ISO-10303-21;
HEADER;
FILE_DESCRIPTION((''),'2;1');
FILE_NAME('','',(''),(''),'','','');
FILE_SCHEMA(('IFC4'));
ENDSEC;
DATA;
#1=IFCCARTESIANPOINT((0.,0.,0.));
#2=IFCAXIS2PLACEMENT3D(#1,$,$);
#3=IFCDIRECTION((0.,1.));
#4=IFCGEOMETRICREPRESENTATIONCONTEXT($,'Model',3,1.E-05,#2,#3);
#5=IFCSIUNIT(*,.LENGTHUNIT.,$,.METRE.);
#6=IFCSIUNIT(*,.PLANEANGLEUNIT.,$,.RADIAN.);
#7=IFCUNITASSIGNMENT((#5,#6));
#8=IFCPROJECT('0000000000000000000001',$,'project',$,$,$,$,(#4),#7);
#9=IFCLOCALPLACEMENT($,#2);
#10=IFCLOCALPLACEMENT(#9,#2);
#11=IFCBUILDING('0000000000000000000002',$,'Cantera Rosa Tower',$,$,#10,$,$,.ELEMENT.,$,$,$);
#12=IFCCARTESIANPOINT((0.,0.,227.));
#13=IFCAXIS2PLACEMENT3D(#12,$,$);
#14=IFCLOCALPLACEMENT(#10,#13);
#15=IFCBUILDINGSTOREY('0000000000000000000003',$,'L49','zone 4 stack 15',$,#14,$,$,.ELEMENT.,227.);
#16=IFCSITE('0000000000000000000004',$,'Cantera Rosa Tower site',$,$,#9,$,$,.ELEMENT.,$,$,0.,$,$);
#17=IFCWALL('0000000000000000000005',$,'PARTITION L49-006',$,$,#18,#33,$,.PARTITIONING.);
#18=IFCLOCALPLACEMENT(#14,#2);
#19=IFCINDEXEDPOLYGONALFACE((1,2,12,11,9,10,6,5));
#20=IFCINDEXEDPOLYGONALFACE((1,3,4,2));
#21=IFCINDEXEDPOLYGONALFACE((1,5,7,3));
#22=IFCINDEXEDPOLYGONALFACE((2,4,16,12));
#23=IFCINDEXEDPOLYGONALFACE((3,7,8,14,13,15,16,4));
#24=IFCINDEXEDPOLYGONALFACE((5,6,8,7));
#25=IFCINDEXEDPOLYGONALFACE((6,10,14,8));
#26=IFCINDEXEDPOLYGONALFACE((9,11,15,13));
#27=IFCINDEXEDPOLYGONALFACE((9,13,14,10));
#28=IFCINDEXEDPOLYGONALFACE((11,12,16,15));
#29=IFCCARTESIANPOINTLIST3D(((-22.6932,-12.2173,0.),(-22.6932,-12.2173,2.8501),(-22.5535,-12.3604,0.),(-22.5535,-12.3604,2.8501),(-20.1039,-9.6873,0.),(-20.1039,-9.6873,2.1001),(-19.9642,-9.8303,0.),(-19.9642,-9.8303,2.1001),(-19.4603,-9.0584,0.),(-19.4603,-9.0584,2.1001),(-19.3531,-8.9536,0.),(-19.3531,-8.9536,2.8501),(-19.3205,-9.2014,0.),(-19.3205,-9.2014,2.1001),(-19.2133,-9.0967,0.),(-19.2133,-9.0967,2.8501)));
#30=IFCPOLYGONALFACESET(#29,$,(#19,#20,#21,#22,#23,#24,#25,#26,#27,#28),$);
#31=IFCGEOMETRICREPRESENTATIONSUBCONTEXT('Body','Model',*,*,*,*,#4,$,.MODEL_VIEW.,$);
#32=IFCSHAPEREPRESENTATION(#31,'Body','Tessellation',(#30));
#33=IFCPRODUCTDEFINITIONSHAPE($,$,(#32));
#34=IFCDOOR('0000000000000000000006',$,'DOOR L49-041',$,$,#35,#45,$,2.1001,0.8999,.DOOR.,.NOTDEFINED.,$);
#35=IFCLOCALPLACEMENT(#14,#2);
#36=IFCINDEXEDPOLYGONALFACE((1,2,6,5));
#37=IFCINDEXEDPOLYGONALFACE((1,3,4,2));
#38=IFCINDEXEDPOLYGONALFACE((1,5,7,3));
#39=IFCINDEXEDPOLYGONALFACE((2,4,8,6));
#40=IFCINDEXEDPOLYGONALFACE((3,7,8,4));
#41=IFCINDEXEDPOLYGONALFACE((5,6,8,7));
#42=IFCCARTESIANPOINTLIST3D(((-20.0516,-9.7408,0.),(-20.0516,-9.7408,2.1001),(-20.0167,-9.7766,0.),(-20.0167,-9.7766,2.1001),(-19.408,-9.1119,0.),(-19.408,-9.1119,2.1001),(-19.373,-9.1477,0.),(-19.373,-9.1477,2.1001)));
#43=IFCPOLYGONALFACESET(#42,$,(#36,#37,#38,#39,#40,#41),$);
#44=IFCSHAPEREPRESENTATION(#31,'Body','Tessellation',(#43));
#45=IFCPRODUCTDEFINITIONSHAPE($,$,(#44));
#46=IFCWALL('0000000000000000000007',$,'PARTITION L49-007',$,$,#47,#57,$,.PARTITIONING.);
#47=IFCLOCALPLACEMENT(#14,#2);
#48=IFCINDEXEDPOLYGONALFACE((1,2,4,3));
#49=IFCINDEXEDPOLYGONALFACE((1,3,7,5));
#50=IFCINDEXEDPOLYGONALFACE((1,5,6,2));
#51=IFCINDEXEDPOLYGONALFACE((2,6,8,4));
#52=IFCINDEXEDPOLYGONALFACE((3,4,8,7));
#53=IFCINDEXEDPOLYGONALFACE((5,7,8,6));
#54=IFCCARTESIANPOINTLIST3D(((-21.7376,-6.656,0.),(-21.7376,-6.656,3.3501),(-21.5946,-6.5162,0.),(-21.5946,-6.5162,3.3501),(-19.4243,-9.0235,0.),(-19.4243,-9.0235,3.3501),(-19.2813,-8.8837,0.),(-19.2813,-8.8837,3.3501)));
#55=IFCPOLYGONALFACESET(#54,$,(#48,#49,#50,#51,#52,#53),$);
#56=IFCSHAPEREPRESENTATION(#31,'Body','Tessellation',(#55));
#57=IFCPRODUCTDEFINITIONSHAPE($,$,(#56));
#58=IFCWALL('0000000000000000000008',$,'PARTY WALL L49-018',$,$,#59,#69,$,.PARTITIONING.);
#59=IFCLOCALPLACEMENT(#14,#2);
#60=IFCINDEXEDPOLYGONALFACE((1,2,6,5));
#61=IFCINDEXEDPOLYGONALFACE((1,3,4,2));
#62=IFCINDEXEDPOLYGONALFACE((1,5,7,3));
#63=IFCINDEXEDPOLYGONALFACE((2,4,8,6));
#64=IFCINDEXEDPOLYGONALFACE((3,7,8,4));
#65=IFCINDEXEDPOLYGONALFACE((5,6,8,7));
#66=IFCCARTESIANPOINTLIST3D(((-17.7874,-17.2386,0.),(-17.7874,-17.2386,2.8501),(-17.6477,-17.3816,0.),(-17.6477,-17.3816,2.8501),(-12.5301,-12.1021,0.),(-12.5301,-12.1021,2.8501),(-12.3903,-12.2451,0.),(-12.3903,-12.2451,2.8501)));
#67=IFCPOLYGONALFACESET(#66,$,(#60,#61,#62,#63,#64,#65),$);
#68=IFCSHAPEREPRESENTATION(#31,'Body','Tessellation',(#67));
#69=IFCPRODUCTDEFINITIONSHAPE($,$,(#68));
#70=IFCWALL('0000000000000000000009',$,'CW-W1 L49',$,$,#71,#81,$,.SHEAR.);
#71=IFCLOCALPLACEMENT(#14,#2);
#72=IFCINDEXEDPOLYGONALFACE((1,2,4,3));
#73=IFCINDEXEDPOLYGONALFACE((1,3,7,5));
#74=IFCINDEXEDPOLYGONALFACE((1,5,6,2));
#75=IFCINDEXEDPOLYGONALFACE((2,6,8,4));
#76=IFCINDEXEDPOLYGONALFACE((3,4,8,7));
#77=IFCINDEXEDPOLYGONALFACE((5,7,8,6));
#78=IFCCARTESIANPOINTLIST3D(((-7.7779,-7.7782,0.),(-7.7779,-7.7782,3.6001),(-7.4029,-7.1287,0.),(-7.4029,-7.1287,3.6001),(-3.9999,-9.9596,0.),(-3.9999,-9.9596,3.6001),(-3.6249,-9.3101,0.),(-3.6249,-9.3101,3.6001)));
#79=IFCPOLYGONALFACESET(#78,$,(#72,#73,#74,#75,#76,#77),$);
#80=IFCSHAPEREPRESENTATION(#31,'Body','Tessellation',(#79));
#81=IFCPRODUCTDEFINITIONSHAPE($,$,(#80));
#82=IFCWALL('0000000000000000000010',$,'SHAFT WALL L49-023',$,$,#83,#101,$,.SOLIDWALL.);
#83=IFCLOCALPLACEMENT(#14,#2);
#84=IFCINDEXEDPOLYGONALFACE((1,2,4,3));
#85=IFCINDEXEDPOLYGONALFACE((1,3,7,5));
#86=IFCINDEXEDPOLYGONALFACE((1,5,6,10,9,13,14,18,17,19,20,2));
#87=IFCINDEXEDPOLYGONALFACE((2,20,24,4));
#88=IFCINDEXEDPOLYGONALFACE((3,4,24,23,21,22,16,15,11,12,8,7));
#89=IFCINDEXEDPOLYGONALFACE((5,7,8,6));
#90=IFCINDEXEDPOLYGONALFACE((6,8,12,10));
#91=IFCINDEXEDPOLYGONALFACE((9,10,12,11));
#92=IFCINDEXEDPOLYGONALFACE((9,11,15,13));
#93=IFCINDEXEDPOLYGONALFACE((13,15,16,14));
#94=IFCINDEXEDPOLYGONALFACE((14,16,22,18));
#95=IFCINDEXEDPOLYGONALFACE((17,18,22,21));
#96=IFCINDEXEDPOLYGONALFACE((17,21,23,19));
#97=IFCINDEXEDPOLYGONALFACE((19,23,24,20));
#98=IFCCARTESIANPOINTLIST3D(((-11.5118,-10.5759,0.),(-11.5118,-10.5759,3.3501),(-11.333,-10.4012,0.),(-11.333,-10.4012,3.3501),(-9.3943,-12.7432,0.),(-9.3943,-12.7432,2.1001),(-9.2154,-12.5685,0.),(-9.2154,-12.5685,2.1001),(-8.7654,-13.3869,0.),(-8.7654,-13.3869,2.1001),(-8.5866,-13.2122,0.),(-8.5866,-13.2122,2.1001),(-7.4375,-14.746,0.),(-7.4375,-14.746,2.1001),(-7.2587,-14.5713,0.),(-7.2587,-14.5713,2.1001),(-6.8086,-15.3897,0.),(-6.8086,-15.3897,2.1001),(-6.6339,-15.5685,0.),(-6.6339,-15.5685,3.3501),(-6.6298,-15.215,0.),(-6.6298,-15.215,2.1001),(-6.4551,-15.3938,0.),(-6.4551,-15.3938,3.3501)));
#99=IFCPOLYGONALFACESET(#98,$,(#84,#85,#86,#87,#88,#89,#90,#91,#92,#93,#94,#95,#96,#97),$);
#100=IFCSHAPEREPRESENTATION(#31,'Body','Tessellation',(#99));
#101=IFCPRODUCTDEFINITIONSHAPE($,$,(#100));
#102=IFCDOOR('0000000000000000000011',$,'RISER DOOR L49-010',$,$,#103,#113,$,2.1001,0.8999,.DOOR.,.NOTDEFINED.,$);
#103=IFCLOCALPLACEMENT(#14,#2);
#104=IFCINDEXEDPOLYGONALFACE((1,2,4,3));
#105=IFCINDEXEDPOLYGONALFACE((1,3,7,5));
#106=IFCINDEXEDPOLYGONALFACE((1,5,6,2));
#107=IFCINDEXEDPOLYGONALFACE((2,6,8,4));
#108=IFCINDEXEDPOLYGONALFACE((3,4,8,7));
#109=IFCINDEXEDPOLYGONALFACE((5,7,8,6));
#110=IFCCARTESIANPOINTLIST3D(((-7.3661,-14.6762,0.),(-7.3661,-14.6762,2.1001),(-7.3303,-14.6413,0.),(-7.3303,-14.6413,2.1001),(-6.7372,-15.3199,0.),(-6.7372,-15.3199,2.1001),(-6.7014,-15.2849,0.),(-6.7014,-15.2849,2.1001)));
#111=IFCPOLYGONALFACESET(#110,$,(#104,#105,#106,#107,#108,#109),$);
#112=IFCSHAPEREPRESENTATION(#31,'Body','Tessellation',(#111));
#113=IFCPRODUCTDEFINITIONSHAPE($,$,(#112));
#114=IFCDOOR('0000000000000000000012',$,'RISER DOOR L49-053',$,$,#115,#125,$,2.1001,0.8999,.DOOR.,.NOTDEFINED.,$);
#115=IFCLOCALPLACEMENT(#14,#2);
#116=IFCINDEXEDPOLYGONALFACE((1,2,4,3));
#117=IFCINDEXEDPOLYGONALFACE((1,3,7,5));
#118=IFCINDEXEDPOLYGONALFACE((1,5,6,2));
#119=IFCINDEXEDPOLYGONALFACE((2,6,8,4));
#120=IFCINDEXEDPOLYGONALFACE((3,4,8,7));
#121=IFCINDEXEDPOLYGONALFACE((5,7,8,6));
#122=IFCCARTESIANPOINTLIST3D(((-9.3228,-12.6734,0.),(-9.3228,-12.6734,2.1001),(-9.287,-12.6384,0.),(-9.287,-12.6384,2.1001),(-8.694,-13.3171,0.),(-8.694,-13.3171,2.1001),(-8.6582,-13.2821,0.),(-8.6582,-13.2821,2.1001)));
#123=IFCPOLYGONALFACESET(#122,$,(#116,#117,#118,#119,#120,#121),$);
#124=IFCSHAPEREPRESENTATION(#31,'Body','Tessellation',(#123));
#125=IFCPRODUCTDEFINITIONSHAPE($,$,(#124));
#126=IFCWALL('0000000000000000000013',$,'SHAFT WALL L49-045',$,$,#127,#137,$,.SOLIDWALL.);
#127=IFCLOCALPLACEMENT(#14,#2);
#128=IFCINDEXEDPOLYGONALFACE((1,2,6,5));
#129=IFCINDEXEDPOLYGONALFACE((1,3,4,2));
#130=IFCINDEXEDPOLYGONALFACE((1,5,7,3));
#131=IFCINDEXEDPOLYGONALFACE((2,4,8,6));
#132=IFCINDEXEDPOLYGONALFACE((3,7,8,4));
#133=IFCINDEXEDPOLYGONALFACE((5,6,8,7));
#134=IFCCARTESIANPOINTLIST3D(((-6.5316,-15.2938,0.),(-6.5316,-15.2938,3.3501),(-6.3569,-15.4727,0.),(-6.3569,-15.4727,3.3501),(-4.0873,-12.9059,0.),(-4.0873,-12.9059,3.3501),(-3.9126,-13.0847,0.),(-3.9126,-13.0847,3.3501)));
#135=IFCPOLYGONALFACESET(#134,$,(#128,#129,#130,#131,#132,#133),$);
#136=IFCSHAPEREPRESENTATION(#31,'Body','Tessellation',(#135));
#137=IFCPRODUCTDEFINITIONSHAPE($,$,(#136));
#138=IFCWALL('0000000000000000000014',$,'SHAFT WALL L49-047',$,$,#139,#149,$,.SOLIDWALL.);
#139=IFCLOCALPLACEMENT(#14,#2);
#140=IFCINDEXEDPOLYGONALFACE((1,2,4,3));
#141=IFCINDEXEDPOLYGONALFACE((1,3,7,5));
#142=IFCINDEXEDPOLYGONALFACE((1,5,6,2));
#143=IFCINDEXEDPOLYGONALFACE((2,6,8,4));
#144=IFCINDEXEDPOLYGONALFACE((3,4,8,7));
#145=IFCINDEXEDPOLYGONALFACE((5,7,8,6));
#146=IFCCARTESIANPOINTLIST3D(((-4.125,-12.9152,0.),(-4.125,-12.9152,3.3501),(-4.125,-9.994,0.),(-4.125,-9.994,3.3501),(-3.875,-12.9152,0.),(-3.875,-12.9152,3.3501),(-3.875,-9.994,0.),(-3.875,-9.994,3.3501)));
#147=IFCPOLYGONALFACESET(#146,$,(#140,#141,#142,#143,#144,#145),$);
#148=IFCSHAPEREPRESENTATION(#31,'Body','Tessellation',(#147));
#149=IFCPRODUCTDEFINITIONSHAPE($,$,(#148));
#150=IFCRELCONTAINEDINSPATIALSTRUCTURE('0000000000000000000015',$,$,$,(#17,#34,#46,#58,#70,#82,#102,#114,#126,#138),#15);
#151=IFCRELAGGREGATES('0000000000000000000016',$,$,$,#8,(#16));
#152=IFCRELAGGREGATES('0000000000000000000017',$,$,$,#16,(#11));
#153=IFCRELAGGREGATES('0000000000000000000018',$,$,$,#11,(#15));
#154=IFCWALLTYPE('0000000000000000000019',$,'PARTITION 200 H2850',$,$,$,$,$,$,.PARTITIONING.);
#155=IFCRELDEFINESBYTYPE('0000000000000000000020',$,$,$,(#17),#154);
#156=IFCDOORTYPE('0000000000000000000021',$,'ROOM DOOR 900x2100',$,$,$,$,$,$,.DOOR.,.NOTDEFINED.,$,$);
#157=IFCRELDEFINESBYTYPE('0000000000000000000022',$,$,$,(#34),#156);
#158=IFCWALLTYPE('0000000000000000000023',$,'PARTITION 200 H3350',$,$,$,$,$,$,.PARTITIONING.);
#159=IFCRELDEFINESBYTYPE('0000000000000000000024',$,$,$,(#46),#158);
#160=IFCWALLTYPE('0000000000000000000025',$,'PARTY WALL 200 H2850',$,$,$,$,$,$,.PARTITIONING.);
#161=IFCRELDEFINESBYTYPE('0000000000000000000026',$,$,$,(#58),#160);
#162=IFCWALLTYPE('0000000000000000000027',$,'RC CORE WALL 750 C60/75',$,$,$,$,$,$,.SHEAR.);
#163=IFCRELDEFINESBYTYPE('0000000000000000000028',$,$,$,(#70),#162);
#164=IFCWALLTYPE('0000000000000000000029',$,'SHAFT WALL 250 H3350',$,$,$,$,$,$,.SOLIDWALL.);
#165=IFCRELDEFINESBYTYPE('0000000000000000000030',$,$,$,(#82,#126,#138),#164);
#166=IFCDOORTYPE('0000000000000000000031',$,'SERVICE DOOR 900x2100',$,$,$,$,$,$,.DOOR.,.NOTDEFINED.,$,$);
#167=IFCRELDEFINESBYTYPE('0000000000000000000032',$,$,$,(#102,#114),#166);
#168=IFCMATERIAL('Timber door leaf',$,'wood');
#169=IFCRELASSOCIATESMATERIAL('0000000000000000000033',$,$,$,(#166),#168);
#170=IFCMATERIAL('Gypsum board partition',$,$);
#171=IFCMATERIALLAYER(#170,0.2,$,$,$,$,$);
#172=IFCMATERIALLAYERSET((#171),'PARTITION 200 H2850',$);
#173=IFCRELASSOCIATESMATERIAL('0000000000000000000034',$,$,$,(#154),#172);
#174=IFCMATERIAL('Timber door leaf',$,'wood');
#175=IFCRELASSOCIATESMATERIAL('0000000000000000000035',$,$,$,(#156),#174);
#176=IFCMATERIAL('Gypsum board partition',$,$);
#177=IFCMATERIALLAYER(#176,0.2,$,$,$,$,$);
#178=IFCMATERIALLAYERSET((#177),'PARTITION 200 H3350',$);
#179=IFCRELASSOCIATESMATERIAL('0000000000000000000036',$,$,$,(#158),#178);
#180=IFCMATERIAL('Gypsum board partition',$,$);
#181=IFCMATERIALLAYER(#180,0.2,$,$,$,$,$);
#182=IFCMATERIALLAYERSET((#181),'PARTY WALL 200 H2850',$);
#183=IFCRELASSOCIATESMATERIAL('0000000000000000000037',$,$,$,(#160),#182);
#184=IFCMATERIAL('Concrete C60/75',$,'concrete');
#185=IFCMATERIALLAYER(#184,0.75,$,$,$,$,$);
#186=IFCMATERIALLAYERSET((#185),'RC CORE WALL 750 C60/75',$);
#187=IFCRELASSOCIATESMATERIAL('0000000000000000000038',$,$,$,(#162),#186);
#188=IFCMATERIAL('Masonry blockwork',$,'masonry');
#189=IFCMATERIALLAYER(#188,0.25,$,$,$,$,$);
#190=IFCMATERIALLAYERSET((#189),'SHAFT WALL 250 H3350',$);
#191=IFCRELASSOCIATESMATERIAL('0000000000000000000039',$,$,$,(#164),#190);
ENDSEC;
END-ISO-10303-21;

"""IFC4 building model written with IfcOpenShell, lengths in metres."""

from ifc_helpers import new_model, si_unit, direction, frame, frame_2d, origin, place, context, subcontext, project, spatial, rectangle, extrude, material, layer, layer_set, type_object, element, fill, save


model = new_model("IFC4")

# Units and contexts
model_context = context("Model", 3, precision=1e-05, world=origin(), true_north=direction((0.0, 1.0)))
body_context = subcontext(model_context, "Body", "Model", "MODEL_VIEW")
ifc_project = project(units=[si_unit("LENGTHUNIT", "METRE"), si_unit("PLANEANGLEUNIT", "RADIAN")], contexts=[model_context])

# Site, building, storey
site_placement = place(None, origin())
site = spatial("IfcSite", under=ifc_project, at=site_placement, Name="Cantera Rosa Tower site", CompositionType="ELEMENT", RefElevation=0.0)
building_placement = place(site_placement, origin())
building = spatial("IfcBuilding", under=site, at=building_placement, Name="Cantera Rosa Tower", CompositionType="ELEMENT")
storey_placement = place(building_placement, frame((0.0, 0.0, 227.0)))
storey = spatial("IfcBuildingStorey", under=building, at=storey_placement, Name="L49", Description="zone 4 stack 15", CompositionType="ELEMENT", Elevation=227.0)

# Shared definitions
ifc_material_1 = material(Name="Timber door leaf", Category="wood")
door_type_1 = type_object("IfcDoorType", Name="SERVICE DOOR 900x2100", OperationType="NOTDEFINED", PredefinedType="DOOR", material=ifc_material_1)

# Wall, opening, door
ifc_material_2 = material(Name="Gypsum board partition")
ifc_layer_1 = layer(ifc_material_2, 0.2)
ifc_layer_set_1 = layer_set([ifc_layer_1], Name="PARTITION 200 H2850")
wall_type_1 = type_object("IfcWallType", Name="PARTITION 200 H2850", PredefinedType="PARTITIONING", material=ifc_layer_set_1)
wall_1_placement = place(storey_placement, frame((-19.2832, -9.0251, 0.0), z_axis=(0.0, 0.0, 1.0), x_axis=(-0.715241, -0.698878, 0.0)))
wall_1 = element("IfcWall", 1, at=wall_1_placement, inside=storey, type_object=wall_type_1, Name="PARTITION L49-006", PredefinedType="PARTITIONING", context=body_context, shape_type="SweptSolid", body=[
    extrude(rectangle(XDim=4.6699, YDim=0.2, at=frame_2d((2.335, 0.0))), origin(), (0.0, 0.0, 1.0), 2.8501),
])
opening_1_placement = place(wall_1_placement, frame((0.1499, 0.0, 0.0)))
opening_1 = element("IfcOpeningElement", 2, at=opening_1_placement, cuts=wall_1, PredefinedType="OPENING", context=body_context, shape_type="SweptSolid", body=[
    extrude(rectangle(XDim=0.8999, YDim=2.1001, at=frame_2d((0.45, 1.05))), frame((0.0, 0.1099, 0.0), z_axis=(0.0, -1.0, 0.0), x_axis=(1.0, 0.0, 0.0)), (0.0, 0.0, 1.0), 0.22),
])
ifc_material_3 = material(Name="Timber door leaf", Category="wood")
door_type_2 = type_object("IfcDoorType", Name="ROOM DOOR 900x2100", OperationType="NOTDEFINED", PredefinedType="DOOR", material=ifc_material_3)
door_1_placement = place(opening_1_placement, origin())
door_1 = element("IfcDoor", 3, at=door_1_placement, inside=storey, type_object=door_type_2, Name="DOOR L49-041", OperationType="NOTDEFINED", OverallHeight=2.1001, OverallWidth=0.8999, PredefinedType="DOOR", context=body_context, shape_type="SweptSolid", body=[
    extrude(rectangle(XDim=0.8999, YDim=2.1001, at=frame_2d((0.45, 1.05))), frame((0.0, 0.0249, 0.0), z_axis=(0.0, -1.0, 0.0), x_axis=(1.0, 0.0, 0.0)), (0.0, 0.0, 1.0), 0.05),
])
fill(opening_1, door_1)

# Walls
ifc_material_4 = material(Name="Gypsum board partition")
ifc_layer_2 = layer(ifc_material_4, 0.2)
ifc_layer_set_2 = layer_set([ifc_layer_2], Name="PARTITION 200 H3350")
wall_type_2 = type_object("IfcWallType", Name="PARTITION 200 H3350", PredefinedType="PARTITIONING", material=ifc_layer_set_2)
wall_2_placement = place(storey_placement, frame((-19.3528, -8.9536, 0.0), z_axis=(0.0, 0.0, 1.0), x_axis=(-0.698872, 0.715247, 0.0)))
element("IfcWall", 4, at=wall_2_placement, inside=storey, type_object=wall_type_2, Name="PARTITION L49-007", PredefinedType="PARTITIONING", context=body_context, shape_type="SweptSolid", body=[
    extrude(rectangle(XDim=3.3101, YDim=0.2, at=frame_2d((1.655, 0.0))), origin(), (0.0, 0.0, 1.0), 3.3501),
])
ifc_material_5 = material(Name="Gypsum board partition")
ifc_layer_3 = layer(ifc_material_5, 0.2)
ifc_layer_set_3 = layer_set([ifc_layer_3], Name="PARTY WALL 200 H2850")
wall_type_3 = type_object("IfcWallType", Name="PARTY WALL 200 H2850", PredefinedType="PARTITIONING", material=ifc_layer_set_3)
wall_3_placement = place(storey_placement, frame((-12.4602, -12.1736, 0.0), z_axis=(0.0, 0.0, 1.0), x_axis=(-0.71528, -0.698838, 0.0)))
element("IfcWall", 5, at=wall_3_placement, inside=storey, type_object=wall_type_3, Name="PARTY WALL L49-018", PredefinedType="PARTITIONING", context=body_context, shape_type="SweptSolid", body=[
    extrude(rectangle(XDim=7.3501, YDim=0.2, at=frame_2d((3.675, 0.0))), origin(), (0.0, 0.0, 1.0), 2.8501),
])
ifc_material_6 = material(Name="Concrete C60/75", Category="concrete")
ifc_layer_4 = layer(ifc_material_6, 0.75)
ifc_layer_set_4 = layer_set([ifc_layer_4], Name="RC CORE WALL 750 C60/75")
wall_type_4 = type_object("IfcWallType", Name="RC CORE WALL 750 C60/75", PredefinedType="SHEAR", material=ifc_layer_set_4)
wall_4_placement = place(storey_placement, frame((-3.8125, -9.6348, 0.0), z_axis=(0.0, 0.0, 1.0), x_axis=(-0.866013, 0.500021, 0.0)))
element("IfcWall", 6, at=wall_4_placement, inside=storey, type_object=wall_type_4, Name="CW-W1 L49", PredefinedType="SHEAR", context=body_context, shape_type="SweptSolid", body=[
    extrude(rectangle(XDim=4.3625, YDim=0.75, at=frame_2d((2.1812, 0.0))), origin(), (0.0, 0.0, 1.0), 3.6001),
])

# Wall, openings, doors
ifc_material_7 = material(Name="Masonry blockwork", Category="masonry")
ifc_layer_5 = layer(ifc_material_7, 0.25)
ifc_layer_set_5 = layer_set([ifc_layer_5], Name="SHAFT WALL 250 H3350")
wall_type_5 = type_object("IfcWallType", Name="SHAFT WALL 250 H3350", PredefinedType="SOLIDWALL", material=ifc_layer_set_5)
wall_5_placement = place(storey_placement, frame((-11.4224, -10.4885, 0.0), z_axis=(0.0, 0.0, 1.0), x_axis=(0.698839, -0.715279, 0.0)))
wall_5 = element("IfcWall", 7, at=wall_5_placement, inside=storey, type_object=wall_type_5, Name="SHAFT WALL L49-023", PredefinedType="SOLIDWALL", context=body_context, shape_type="SweptSolid", body=[
    extrude(rectangle(XDim=6.98, YDim=0.25, at=frame_2d((3.49, 0.0))), origin(), (0.0, 0.0, 1.0), 3.3501),
])
opening_2_placement = place(wall_5_placement, frame((5.8301, 0.0, 0.0)))
opening_2 = element("IfcOpeningElement", 8, at=opening_2_placement, cuts=wall_5, PredefinedType="OPENING", context=body_context, shape_type="SweptSolid", body=[
    extrude(rectangle(XDim=0.8999, YDim=2.1001, at=frame_2d((0.45, 1.05))), frame((0.0, 0.135, 0.0), z_axis=(0.0, -1.0, 0.0), x_axis=(1.0, 0.0, 0.0)), (0.0, 0.0, 1.0), 0.27),
])
opening_3_placement = place(wall_5_placement, frame((3.03, 0.0, 0.0)))
opening_3 = element("IfcOpeningElement", 9, at=opening_3_placement, cuts=wall_5, PredefinedType="OPENING", context=body_context, shape_type="SweptSolid", body=[
    extrude(rectangle(XDim=0.8999, YDim=2.1001, at=frame_2d((0.45, 1.05))), frame((0.0, 0.135, 0.0), z_axis=(0.0, -1.0, 0.0), x_axis=(1.0, 0.0, 0.0)), (0.0, 0.0, 1.0), 0.27),
])
door_2_placement = place(opening_2_placement, origin())
door_2 = element("IfcDoor", 10, at=door_2_placement, inside=storey, type_object=door_type_1, Name="RISER DOOR L49-010", OperationType="NOTDEFINED", OverallHeight=2.1001, OverallWidth=0.8999, PredefinedType="DOOR", context=body_context, shape_type="SweptSolid", body=[
    extrude(rectangle(XDim=0.8999, YDim=2.1001, at=frame_2d((0.45, 1.05))), frame((0.0, 0.0249, 0.0), z_axis=(0.0, -1.0, 0.0), x_axis=(1.0, 0.0, 0.0)), (0.0, 0.0, 1.0), 0.05),
])
fill(opening_2, door_2)
door_3_placement = place(opening_3_placement, origin())
door_3 = element("IfcDoor", 11, at=door_3_placement, inside=storey, type_object=door_type_1, Name="RISER DOOR L49-053", OperationType="NOTDEFINED", OverallHeight=2.1001, OverallWidth=0.8999, PredefinedType="DOOR", context=body_context, shape_type="SweptSolid", body=[
    extrude(rectangle(XDim=0.8999, YDim=2.1001, at=frame_2d((0.45, 1.05))), frame((0.0, 0.0249, 0.0), z_axis=(0.0, -1.0, 0.0), x_axis=(1.0, 0.0, 0.0)), (0.0, 0.0, 1.0), 0.05),
])
fill(opening_3, door_3)

# Walls
wall_6_placement = place(storey_placement, frame((-4.0, -12.9954, 0.0), z_axis=(0.0, 0.0, 1.0), x_axis=(-0.715311, -0.698807, 0.0)))
element("IfcWall", 12, at=wall_6_placement, inside=storey, type_object=wall_type_5, Name="SHAFT WALL L49-045", PredefinedType="SOLIDWALL", context=body_context, shape_type="SweptSolid", body=[
    extrude(rectangle(XDim=3.4172, YDim=0.25, at=frame_2d((1.7085, 0.0))), origin(), (0.0, 0.0, 1.0), 3.3501),
])
wall_7_placement = place(storey_placement, frame((-4.0, -9.9941, 0.0), z_axis=(0.0, 0.0, 1.0), x_axis=(0.0, -1.0, 0.0)))
element("IfcWall", 13, at=wall_7_placement, inside=storey, type_object=wall_type_5, Name="SHAFT WALL L49-047", PredefinedType="SOLIDWALL", context=body_context, shape_type="SweptSolid", body=[
    extrude(rectangle(XDim=2.9211, YDim=0.25, at=frame_2d((1.4604, 0.0))), origin(), (0.0, 0.0, 1.0), 3.3501),
])

save(model, "model.ifc")
